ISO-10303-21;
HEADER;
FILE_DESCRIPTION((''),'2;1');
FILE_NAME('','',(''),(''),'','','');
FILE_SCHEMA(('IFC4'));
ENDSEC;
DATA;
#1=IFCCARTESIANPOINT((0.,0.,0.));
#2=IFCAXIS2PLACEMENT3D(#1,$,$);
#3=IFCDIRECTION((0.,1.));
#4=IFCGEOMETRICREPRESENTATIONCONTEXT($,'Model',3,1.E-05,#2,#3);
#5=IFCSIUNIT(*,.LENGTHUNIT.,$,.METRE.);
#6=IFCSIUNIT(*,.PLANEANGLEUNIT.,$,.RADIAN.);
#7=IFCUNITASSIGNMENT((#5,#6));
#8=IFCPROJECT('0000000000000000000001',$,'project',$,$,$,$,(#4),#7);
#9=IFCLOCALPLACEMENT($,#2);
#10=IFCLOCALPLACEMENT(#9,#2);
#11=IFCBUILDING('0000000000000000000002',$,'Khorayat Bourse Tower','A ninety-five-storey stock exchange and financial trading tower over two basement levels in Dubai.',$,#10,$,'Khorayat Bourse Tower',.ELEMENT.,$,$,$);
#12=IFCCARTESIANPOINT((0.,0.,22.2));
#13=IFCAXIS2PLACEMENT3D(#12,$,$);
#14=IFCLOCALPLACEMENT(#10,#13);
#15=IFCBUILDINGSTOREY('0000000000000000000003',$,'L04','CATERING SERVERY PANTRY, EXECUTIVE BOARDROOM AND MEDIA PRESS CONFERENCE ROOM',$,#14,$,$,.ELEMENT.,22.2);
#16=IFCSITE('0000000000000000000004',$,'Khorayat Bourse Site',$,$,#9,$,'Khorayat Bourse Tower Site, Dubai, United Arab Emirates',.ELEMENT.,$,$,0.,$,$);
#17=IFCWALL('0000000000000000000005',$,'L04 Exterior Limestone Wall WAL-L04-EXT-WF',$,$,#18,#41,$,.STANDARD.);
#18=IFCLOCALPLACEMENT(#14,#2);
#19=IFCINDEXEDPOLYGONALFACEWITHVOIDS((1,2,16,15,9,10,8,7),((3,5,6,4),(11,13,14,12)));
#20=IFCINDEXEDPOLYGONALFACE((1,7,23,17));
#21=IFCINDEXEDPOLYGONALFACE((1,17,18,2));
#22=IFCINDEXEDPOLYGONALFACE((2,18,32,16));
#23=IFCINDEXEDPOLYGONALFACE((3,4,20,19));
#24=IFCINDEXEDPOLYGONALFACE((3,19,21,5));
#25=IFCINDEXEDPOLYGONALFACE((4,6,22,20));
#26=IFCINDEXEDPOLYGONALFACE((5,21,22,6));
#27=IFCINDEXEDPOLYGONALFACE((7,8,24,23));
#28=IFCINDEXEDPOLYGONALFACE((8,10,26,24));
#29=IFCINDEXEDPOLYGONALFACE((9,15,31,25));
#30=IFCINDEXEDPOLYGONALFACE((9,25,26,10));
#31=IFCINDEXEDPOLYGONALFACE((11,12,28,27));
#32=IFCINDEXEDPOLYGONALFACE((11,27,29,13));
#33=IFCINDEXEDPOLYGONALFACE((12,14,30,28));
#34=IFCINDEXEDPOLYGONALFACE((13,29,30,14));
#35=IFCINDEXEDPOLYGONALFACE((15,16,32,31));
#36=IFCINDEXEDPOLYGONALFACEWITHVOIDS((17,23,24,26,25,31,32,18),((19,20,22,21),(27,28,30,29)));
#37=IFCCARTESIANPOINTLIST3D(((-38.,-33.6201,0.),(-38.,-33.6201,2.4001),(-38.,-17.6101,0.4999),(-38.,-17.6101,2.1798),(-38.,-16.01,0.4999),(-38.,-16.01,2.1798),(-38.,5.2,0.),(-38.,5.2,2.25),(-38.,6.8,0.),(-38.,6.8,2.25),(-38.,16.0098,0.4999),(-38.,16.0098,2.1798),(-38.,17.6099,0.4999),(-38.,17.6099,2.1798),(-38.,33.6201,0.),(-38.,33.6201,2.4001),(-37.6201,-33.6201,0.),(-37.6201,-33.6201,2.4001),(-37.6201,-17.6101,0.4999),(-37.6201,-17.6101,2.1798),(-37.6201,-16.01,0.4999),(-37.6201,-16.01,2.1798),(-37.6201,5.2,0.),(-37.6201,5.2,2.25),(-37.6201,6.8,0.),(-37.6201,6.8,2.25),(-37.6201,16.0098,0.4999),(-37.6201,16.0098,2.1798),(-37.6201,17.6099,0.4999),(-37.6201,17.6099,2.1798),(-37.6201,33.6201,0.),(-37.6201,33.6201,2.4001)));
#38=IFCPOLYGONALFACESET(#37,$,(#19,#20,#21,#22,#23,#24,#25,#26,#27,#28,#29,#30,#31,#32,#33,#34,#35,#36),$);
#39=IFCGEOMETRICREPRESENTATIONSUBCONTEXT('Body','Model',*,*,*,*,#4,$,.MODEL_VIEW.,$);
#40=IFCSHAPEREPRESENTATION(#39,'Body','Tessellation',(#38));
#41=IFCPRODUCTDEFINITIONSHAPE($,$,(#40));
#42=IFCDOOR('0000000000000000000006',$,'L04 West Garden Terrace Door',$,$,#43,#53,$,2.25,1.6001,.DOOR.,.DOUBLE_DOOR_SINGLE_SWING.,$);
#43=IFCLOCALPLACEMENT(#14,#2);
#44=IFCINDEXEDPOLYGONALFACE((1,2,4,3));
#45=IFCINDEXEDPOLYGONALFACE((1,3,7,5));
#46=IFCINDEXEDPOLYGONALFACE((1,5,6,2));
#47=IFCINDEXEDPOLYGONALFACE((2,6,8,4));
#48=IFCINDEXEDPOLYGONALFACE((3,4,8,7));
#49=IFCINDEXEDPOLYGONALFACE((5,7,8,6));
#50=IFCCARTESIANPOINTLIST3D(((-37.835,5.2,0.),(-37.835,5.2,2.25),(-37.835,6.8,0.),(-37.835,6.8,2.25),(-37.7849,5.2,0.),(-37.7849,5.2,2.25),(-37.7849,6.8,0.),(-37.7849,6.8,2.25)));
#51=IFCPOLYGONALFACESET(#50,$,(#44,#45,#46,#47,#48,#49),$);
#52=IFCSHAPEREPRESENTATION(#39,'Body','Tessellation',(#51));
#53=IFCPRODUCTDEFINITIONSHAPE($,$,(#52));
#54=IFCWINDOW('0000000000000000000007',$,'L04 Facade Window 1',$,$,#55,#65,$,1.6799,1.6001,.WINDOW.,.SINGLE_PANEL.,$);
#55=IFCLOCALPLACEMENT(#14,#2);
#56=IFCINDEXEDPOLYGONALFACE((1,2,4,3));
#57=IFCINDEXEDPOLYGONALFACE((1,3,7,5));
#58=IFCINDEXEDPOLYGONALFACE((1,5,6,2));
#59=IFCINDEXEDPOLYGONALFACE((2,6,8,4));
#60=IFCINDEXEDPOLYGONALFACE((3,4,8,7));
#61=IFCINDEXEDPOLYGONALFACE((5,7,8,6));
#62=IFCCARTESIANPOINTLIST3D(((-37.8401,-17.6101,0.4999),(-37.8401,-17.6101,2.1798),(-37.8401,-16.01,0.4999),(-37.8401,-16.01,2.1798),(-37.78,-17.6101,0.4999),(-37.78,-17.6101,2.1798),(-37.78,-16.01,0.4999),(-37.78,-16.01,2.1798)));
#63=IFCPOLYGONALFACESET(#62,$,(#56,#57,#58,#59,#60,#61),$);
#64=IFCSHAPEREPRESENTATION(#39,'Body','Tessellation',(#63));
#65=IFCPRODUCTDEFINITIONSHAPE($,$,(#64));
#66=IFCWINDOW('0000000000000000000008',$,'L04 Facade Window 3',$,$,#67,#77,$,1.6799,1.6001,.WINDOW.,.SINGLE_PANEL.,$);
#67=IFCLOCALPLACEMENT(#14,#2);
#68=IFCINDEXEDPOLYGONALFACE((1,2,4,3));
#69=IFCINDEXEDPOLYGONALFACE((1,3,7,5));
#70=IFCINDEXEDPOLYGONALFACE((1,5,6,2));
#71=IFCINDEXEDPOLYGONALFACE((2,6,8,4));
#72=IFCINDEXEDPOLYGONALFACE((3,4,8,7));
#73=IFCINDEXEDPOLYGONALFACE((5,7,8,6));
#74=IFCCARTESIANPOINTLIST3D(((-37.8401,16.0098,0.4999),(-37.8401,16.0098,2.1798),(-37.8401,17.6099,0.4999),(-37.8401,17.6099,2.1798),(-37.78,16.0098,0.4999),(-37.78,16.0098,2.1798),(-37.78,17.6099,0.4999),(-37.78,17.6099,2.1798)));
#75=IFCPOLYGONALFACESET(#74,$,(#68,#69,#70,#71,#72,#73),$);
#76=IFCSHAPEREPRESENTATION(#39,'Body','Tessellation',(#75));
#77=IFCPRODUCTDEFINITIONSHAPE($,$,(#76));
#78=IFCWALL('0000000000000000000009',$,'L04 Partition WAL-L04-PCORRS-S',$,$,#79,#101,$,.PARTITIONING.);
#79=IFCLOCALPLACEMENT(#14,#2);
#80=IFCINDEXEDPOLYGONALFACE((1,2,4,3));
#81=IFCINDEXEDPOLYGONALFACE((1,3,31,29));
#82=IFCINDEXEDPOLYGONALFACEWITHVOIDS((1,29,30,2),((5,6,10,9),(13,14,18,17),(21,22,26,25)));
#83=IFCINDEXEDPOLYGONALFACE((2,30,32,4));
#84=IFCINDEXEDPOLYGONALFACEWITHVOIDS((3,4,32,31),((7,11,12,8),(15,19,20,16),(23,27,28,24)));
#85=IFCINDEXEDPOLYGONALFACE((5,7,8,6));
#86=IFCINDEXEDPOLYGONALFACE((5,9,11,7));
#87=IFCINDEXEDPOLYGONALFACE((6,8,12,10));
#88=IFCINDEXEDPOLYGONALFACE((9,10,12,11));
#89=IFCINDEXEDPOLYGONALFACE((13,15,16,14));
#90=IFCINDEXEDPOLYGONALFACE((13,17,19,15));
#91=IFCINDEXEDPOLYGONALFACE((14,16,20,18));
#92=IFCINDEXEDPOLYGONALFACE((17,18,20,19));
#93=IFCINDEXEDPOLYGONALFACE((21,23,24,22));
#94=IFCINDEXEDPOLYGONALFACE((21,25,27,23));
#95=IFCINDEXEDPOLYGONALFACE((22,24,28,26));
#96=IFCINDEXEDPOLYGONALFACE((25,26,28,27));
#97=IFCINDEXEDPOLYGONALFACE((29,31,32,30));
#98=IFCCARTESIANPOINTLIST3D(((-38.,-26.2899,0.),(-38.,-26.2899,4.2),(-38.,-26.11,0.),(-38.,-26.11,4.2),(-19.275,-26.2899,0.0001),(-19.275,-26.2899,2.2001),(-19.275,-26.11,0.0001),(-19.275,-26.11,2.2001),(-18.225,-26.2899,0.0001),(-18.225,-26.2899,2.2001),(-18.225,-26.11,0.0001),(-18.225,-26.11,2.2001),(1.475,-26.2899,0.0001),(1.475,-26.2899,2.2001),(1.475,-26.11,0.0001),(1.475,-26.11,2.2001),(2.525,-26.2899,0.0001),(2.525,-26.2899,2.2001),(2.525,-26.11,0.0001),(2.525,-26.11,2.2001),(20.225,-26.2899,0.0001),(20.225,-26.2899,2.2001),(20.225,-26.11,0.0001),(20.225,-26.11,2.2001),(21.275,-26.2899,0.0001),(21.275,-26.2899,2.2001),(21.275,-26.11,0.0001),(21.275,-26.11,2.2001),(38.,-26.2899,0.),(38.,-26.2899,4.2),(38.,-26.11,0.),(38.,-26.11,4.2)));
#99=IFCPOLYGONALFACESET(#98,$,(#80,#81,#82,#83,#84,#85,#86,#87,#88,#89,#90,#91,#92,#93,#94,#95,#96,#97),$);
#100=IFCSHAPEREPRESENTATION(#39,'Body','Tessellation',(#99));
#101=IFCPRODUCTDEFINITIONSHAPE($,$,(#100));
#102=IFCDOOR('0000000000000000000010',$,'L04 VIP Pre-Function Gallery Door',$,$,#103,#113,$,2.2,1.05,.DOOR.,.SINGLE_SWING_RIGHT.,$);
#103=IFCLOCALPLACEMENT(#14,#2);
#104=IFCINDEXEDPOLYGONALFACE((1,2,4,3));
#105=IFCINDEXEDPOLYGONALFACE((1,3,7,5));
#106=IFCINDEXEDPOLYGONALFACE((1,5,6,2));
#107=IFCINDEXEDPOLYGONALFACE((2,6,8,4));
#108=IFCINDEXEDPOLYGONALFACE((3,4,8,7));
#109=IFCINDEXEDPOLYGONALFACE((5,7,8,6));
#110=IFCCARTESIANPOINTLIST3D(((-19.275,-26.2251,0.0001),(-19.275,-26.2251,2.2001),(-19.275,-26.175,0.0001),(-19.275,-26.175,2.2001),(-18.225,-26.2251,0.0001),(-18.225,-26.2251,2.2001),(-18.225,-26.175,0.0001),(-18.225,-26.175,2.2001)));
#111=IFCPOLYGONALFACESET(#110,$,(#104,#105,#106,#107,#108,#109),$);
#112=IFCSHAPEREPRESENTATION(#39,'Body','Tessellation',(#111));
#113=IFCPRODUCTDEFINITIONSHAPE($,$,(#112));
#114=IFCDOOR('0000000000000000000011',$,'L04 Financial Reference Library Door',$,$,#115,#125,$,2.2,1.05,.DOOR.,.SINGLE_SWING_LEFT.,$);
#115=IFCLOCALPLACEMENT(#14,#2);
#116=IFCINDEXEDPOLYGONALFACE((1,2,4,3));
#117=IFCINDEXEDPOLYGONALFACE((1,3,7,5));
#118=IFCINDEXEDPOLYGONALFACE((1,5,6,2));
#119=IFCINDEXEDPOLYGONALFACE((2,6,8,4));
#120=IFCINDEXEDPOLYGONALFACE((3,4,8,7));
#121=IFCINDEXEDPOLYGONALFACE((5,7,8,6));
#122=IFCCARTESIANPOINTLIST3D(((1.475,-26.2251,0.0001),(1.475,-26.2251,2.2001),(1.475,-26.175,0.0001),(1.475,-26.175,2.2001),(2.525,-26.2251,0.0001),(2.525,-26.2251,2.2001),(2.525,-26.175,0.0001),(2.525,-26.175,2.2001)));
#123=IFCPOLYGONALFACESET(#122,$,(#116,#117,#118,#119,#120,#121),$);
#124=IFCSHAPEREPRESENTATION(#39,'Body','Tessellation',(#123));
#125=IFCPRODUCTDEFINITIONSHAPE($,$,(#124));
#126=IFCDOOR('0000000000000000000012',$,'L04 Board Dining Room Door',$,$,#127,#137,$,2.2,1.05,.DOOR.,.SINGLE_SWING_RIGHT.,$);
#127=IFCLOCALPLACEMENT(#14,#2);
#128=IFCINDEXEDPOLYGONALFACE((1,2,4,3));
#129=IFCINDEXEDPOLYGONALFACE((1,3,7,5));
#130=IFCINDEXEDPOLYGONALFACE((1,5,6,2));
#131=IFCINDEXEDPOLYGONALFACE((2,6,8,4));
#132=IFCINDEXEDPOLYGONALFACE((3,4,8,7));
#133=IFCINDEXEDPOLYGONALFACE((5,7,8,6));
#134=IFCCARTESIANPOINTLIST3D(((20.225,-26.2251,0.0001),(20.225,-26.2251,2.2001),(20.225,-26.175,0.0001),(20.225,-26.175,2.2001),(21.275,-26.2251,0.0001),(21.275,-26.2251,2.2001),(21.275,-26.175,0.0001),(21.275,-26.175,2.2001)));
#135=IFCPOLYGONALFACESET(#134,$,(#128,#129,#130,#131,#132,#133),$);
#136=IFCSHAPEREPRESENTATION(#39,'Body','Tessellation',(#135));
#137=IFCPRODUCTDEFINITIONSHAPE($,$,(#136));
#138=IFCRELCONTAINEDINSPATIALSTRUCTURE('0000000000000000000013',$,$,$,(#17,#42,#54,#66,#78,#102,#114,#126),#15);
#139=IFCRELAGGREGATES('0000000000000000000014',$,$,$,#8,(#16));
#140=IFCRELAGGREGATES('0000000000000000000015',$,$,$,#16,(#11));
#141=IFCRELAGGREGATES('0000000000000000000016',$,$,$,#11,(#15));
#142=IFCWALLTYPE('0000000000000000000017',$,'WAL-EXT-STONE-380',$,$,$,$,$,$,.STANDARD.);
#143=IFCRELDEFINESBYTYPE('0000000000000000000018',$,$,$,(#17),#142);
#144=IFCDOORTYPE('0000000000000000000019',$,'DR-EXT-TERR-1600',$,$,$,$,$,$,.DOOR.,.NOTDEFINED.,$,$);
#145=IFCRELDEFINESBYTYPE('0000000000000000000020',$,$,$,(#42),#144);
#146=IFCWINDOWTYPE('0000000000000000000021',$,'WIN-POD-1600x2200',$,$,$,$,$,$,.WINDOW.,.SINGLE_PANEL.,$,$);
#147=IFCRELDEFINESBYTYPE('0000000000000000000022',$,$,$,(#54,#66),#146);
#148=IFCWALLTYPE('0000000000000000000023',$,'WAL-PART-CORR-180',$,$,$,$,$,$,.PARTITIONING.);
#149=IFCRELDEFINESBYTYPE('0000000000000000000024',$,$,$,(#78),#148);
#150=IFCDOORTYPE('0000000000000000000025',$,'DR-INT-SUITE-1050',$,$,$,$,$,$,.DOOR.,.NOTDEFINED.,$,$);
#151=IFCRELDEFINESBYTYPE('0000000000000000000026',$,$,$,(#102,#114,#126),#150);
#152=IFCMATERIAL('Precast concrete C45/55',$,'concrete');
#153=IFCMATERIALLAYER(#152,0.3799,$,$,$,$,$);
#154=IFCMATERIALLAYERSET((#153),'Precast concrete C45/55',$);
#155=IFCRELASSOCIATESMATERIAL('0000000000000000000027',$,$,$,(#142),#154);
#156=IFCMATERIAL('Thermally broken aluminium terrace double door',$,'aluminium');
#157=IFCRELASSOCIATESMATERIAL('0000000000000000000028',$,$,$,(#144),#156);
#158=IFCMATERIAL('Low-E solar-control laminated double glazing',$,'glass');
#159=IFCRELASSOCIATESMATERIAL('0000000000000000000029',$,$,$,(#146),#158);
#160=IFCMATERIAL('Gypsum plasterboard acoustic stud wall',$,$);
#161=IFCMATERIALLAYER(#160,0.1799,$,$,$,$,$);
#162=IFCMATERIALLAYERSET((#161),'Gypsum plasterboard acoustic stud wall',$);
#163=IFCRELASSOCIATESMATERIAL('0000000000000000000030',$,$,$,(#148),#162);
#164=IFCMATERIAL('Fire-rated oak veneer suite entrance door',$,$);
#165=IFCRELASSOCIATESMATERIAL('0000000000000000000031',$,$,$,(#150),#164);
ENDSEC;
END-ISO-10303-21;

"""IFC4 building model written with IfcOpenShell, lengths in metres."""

from ifc_helpers import new_model, si_unit, direction, frame, frame_2d, origin, place, context, subcontext, project, spatial, rectangle, extrude, source, transform, mapped, material, layer, layer_set, type_object, element, fill, save


model = new_model("IFC4")

# Units and contexts
model_context = context("Model", 3, precision=1e-05, world=origin(), true_north=direction((0.0, 1.0)))
body_context = subcontext(model_context, "Body", "Model", "MODEL_VIEW")
ifc_project = project(units=[si_unit("LENGTHUNIT", "METRE"), si_unit("PLANEANGLEUNIT", "RADIAN")], contexts=[model_context])

# Site, building, storey
site_placement = place(None, origin())
site = spatial("IfcSite", under=ifc_project, at=site_placement, Name="Khorayat Bourse Site", LongName="Khorayat Bourse Tower Site, Dubai, United Arab Emirates", CompositionType="ELEMENT", RefElevation=0.0)
building_placement = place(site_placement, origin())
building = spatial("IfcBuilding", under=site, at=building_placement, Name="Khorayat Bourse Tower", Description="A ninety-five-storey stock exchange and financial trading tower over two basement levels in Dubai.", LongName="Khorayat Bourse Tower", CompositionType="ELEMENT")
storey_placement = place(building_placement, frame((0.0, 0.0, 22.2)))
storey = spatial("IfcBuildingStorey", under=building, at=storey_placement, Name="L04", Description="CATERING SERVERY PANTRY, EXECUTIVE BOARDROOM AND MEDIA PRESS CONFERENCE ROOM", CompositionType="ELEMENT", Elevation=22.2)

# Wall, openings, door, windows
ifc_material_1 = material(Name="Precast concrete C45/55", Category="concrete")
ifc_layer_1 = layer(ifc_material_1, 0.3799)
ifc_layer_set_1 = layer_set([ifc_layer_1], Name="Precast concrete C45/55")
wall_type_1 = type_object("IfcWallType", Name="WAL-EXT-STONE-380", PredefinedType="STANDARD", material=ifc_layer_set_1)
shared_shape_1 = source(origin(), body_context, "Body", "SweptSolid", [
    extrude(rectangle(XDim=1.6001, YDim=2.25, at=frame_2d((0.8, 1.125))), frame((0.0, 0.2, 0.0), z_axis=(0.0, -1.0, 0.0), x_axis=(1.0, 0.0, 0.0)), (0.0, 0.0, 1.0), 0.3999),
])
shared_shape_2 = source(origin(), body_context, "Body", "SweptSolid", [
    extrude(rectangle(XDim=1.6001, YDim=1.6799, at=frame_2d((0.8, 0.8398))), frame((0.0, 0.2, 0.0), z_axis=(0.0, -1.0, 0.0), x_axis=(1.0, 0.0, 0.0)), (0.0, 0.0, 1.0), 0.3999),
])
ifc_material_2 = material(Name="Thermally broken aluminium terrace double door", Category="aluminium")
door_type_1 = type_object("IfcDoorType", Name="DR-EXT-TERR-1600", OperationType="NOTDEFINED", PredefinedType="DOOR", material=ifc_material_2)
shared_shape_3 = source(origin(), body_context, "Body", "SweptSolid", [
    extrude(rectangle(XDim=1.6001, YDim=2.25, at=frame_2d((0.8, 1.125))), frame((0.0, 0.0249, 0.0), z_axis=(0.0, -1.0, 0.0), x_axis=(1.0, 0.0, 0.0)), (0.0, 0.0, 1.0), 0.05),
])
ifc_material_3 = material(Name="Low-E solar-control laminated double glazing", Category="glass")
window_type = type_object("IfcWindowType", Name="WIN-POD-1600x2200", PartitioningType="SINGLE_PANEL", PredefinedType="WINDOW", material=ifc_material_3)
shared_shape_4 = source(origin(), body_context, "Body", "SweptSolid", [
    extrude(rectangle(XDim=1.6001, YDim=1.6799, at=frame_2d((0.8, 0.8398))), frame((0.0, 0.03, 0.0), z_axis=(0.0, -1.0, 0.0), x_axis=(1.0, 0.0, 0.0)), (0.0, 0.0, 1.0), 0.0601),
])
shared_shape_5 = source(origin(), body_context, "Body", "SweptSolid", [
    extrude(rectangle(XDim=67.2402, YDim=0.3799, at=frame_2d((33.6201, 0.0))), origin(), (0.0, 0.0, 1.0), 2.4001),
])
wall_1_placement = place(storey_placement, frame((-37.8101, -33.6201, 0.0), z_axis=(0.0, 0.0, 1.0), x_axis=(0.0, 1.0, 0.0)))
wall_1 = element("IfcWall", 1, at=wall_1_placement, inside=storey, type_object=wall_type_1, Name="L04 Exterior Limestone Wall WAL-L04-EXT-WF", PredefinedType="STANDARD", context=body_context, shape_type="MappedRepresentation", body=[
    mapped(shared_shape_5, transform((0.0, 0.0, 0.0), scale=1.0)),
])
opening_1_placement = place(wall_1_placement, frame((38.8201, 0.0, 0.0)))
opening_1 = element("IfcOpeningElement", 2, at=opening_1_placement, cuts=wall_1, PredefinedType="OPENING", context=body_context, shape_type="MappedRepresentation", body=[
    mapped(shared_shape_1, transform((0.0, 0.0, 0.0), scale=1.0)),
])
opening_2_placement = place(wall_1_placement, frame((16.01, 0.0, 0.5)))
opening_2 = element("IfcOpeningElement", 3, at=opening_2_placement, cuts=wall_1, PredefinedType="OPENING", context=body_context, shape_type="MappedRepresentation", body=[
    mapped(shared_shape_2, transform((0.0, 0.0, 0.0), scale=1.0)),
])
opening_3_placement = place(wall_1_placement, frame((49.6299, 0.0, 0.5)))
opening_3 = element("IfcOpeningElement", 4, at=opening_3_placement, cuts=wall_1, PredefinedType="OPENING", context=body_context, shape_type="MappedRepresentation", body=[
    mapped(shared_shape_2, transform((0.0, 0.0, 0.0), scale=1.0)),
])
door_1_placement = place(opening_1_placement, origin())
door_1 = element("IfcDoor", 5, at=door_1_placement, inside=storey, type_object=door_type_1, Name="L04 West Garden Terrace Door", OperationType="DOUBLE_DOOR_SINGLE_SWING", OverallHeight=2.25, OverallWidth=1.6001, PredefinedType="DOOR", context=body_context, shape_type="MappedRepresentation", body=[
    mapped(shared_shape_3, transform((0.0, 0.0, 0.0), scale=1.0)),
])
fill(opening_1, door_1)
window_1_placement = place(opening_2_placement, origin())
window_1 = element("IfcWindow", 6, at=window_1_placement, inside=storey, type_object=window_type, Name="L04 Facade Window 1", OverallHeight=1.6799, OverallWidth=1.6001, PartitioningType="SINGLE_PANEL", PredefinedType="WINDOW", context=body_context, shape_type="MappedRepresentation", body=[
    mapped(shared_shape_4, transform((0.0, 0.0, 0.0), scale=1.0)),
])
fill(opening_2, window_1)
window_2_placement = place(opening_3_placement, origin())
window_2 = element("IfcWindow", 7, at=window_2_placement, inside=storey, type_object=window_type, Name="L04 Facade Window 3", OverallHeight=1.6799, OverallWidth=1.6001, PartitioningType="SINGLE_PANEL", PredefinedType="WINDOW", context=body_context, shape_type="MappedRepresentation", body=[
    mapped(shared_shape_4, transform((0.0, 0.0, 0.0), scale=1.0)),
])
fill(opening_3, window_2)

# Wall, openings, doors
ifc_material_4 = material(Name="Gypsum plasterboard acoustic stud wall")
ifc_layer_2 = layer(ifc_material_4, 0.1799)
ifc_layer_set_2 = layer_set([ifc_layer_2], Name="Gypsum plasterboard acoustic stud wall")
wall_type_2 = type_object("IfcWallType", Name="WAL-PART-CORR-180", PredefinedType="PARTITIONING", material=ifc_layer_set_2)
shared_shape_6 = source(origin(), body_context, "Body", "SweptSolid", [
    extrude(rectangle(XDim=76.0, YDim=0.1799, at=frame_2d((38.0, 0.0))), origin(), (0.0, 0.0, 1.0), 4.2),
])
wall_2_placement = place(storey_placement, frame((-38.0, -26.2, 0.0), z_axis=(0.0, 0.0, 1.0), x_axis=(1.0, 0.0, 0.0)))
wall_2 = element("IfcWall", 8, at=wall_2_placement, inside=storey, type_object=wall_type_2, Name="L04 Partition WAL-L04-PCORRS-S", PredefinedType="PARTITIONING", context=body_context, shape_type="MappedRepresentation", body=[
    mapped(shared_shape_6, transform((0.0, 0.0, 0.0), scale=1.0)),
])
shared_shape_7 = source(origin(), body_context, "Body", "SweptSolid", [
    extrude(rectangle(XDim=1.05, YDim=2.2, at=frame_2d((0.5249, 1.1001))), frame((0.0, 0.0999, 0.0), z_axis=(0.0, -1.0, 0.0), x_axis=(1.0, 0.0, 0.0)), (0.0, 0.0, 1.0), 0.2),
])
opening_4_placement = place(wall_2_placement, frame((18.7251, 0.0, 0.0)))
opening_4 = element("IfcOpeningElement", 9, at=opening_4_placement, cuts=wall_2, PredefinedType="OPENING", context=body_context, shape_type="MappedRepresentation", body=[
    mapped(shared_shape_7, transform((0.0, 0.0, 0.0), scale=1.0)),
])
opening_5_placement = place(wall_2_placement, frame((39.4751, 0.0, 0.0)))
opening_5 = element("IfcOpeningElement", 10, at=opening_5_placement, cuts=wall_2, PredefinedType="OPENING", context=body_context, shape_type="MappedRepresentation", body=[
    mapped(shared_shape_7, transform((0.0, 0.0, 0.0), scale=1.0)),
])
opening_6_placement = place(wall_2_placement, frame((58.2251, 0.0, 0.0)))
opening_6 = element("IfcOpeningElement", 11, at=opening_6_placement, cuts=wall_2, PredefinedType="OPENING", context=body_context, shape_type="MappedRepresentation", body=[
    mapped(shared_shape_7, transform((0.0, 0.0, 0.0), scale=1.0)),
])
ifc_material_5 = material(Name="Fire-rated oak veneer suite entrance door")
door_type_2 = type_object("IfcDoorType", Name="DR-INT-SUITE-1050", OperationType="NOTDEFINED", PredefinedType="DOOR", material=ifc_material_5)
shared_shape_8 = source(origin(), body_context, "Body", "SweptSolid", [
    extrude(rectangle(XDim=1.05, YDim=2.2, at=frame_2d((0.5249, 1.1001))), frame((0.0, 0.0249, 0.0), z_axis=(0.0, -1.0, 0.0), x_axis=(1.0, 0.0, 0.0)), (0.0, 0.0, 1.0), 0.05),
])
door_2_placement = place(opening_4_placement, origin())
door_2 = element("IfcDoor", 12, at=door_2_placement, inside=storey, type_object=door_type_2, Name="L04 VIP Pre-Function Gallery Door", OperationType="SINGLE_SWING_RIGHT", OverallHeight=2.2, OverallWidth=1.05, PredefinedType="DOOR", context=body_context, shape_type="MappedRepresentation", body=[
    mapped(shared_shape_8, transform((0.0, 0.0, 0.0), scale=1.0)),
])
fill(opening_4, door_2)
door_3_placement = place(opening_5_placement, origin())
door_3 = element("IfcDoor", 13, at=door_3_placement, inside=storey, type_object=door_type_2, Name="L04 Financial Reference Library Door", OperationType="SINGLE_SWING_LEFT", OverallHeight=2.2, OverallWidth=1.05, PredefinedType="DOOR", context=body_context, shape_type="MappedRepresentation", body=[
    mapped(shared_shape_8, transform((0.0, 0.0, 0.0), scale=1.0)),
])
fill(opening_5, door_3)
door_4_placement = place(opening_6_placement, origin())
door_4 = element("IfcDoor", 14, at=door_4_placement, inside=storey, type_object=door_type_2, Name="L04 Board Dining Room Door", OperationType="SINGLE_SWING_RIGHT", OverallHeight=2.2, OverallWidth=1.05, PredefinedType="DOOR", context=body_context, shape_type="MappedRepresentation", body=[
    mapped(shared_shape_8, transform((0.0, 0.0, 0.0), scale=1.0)),
])
fill(opening_6, door_4)

save(model, "model.ifc")
